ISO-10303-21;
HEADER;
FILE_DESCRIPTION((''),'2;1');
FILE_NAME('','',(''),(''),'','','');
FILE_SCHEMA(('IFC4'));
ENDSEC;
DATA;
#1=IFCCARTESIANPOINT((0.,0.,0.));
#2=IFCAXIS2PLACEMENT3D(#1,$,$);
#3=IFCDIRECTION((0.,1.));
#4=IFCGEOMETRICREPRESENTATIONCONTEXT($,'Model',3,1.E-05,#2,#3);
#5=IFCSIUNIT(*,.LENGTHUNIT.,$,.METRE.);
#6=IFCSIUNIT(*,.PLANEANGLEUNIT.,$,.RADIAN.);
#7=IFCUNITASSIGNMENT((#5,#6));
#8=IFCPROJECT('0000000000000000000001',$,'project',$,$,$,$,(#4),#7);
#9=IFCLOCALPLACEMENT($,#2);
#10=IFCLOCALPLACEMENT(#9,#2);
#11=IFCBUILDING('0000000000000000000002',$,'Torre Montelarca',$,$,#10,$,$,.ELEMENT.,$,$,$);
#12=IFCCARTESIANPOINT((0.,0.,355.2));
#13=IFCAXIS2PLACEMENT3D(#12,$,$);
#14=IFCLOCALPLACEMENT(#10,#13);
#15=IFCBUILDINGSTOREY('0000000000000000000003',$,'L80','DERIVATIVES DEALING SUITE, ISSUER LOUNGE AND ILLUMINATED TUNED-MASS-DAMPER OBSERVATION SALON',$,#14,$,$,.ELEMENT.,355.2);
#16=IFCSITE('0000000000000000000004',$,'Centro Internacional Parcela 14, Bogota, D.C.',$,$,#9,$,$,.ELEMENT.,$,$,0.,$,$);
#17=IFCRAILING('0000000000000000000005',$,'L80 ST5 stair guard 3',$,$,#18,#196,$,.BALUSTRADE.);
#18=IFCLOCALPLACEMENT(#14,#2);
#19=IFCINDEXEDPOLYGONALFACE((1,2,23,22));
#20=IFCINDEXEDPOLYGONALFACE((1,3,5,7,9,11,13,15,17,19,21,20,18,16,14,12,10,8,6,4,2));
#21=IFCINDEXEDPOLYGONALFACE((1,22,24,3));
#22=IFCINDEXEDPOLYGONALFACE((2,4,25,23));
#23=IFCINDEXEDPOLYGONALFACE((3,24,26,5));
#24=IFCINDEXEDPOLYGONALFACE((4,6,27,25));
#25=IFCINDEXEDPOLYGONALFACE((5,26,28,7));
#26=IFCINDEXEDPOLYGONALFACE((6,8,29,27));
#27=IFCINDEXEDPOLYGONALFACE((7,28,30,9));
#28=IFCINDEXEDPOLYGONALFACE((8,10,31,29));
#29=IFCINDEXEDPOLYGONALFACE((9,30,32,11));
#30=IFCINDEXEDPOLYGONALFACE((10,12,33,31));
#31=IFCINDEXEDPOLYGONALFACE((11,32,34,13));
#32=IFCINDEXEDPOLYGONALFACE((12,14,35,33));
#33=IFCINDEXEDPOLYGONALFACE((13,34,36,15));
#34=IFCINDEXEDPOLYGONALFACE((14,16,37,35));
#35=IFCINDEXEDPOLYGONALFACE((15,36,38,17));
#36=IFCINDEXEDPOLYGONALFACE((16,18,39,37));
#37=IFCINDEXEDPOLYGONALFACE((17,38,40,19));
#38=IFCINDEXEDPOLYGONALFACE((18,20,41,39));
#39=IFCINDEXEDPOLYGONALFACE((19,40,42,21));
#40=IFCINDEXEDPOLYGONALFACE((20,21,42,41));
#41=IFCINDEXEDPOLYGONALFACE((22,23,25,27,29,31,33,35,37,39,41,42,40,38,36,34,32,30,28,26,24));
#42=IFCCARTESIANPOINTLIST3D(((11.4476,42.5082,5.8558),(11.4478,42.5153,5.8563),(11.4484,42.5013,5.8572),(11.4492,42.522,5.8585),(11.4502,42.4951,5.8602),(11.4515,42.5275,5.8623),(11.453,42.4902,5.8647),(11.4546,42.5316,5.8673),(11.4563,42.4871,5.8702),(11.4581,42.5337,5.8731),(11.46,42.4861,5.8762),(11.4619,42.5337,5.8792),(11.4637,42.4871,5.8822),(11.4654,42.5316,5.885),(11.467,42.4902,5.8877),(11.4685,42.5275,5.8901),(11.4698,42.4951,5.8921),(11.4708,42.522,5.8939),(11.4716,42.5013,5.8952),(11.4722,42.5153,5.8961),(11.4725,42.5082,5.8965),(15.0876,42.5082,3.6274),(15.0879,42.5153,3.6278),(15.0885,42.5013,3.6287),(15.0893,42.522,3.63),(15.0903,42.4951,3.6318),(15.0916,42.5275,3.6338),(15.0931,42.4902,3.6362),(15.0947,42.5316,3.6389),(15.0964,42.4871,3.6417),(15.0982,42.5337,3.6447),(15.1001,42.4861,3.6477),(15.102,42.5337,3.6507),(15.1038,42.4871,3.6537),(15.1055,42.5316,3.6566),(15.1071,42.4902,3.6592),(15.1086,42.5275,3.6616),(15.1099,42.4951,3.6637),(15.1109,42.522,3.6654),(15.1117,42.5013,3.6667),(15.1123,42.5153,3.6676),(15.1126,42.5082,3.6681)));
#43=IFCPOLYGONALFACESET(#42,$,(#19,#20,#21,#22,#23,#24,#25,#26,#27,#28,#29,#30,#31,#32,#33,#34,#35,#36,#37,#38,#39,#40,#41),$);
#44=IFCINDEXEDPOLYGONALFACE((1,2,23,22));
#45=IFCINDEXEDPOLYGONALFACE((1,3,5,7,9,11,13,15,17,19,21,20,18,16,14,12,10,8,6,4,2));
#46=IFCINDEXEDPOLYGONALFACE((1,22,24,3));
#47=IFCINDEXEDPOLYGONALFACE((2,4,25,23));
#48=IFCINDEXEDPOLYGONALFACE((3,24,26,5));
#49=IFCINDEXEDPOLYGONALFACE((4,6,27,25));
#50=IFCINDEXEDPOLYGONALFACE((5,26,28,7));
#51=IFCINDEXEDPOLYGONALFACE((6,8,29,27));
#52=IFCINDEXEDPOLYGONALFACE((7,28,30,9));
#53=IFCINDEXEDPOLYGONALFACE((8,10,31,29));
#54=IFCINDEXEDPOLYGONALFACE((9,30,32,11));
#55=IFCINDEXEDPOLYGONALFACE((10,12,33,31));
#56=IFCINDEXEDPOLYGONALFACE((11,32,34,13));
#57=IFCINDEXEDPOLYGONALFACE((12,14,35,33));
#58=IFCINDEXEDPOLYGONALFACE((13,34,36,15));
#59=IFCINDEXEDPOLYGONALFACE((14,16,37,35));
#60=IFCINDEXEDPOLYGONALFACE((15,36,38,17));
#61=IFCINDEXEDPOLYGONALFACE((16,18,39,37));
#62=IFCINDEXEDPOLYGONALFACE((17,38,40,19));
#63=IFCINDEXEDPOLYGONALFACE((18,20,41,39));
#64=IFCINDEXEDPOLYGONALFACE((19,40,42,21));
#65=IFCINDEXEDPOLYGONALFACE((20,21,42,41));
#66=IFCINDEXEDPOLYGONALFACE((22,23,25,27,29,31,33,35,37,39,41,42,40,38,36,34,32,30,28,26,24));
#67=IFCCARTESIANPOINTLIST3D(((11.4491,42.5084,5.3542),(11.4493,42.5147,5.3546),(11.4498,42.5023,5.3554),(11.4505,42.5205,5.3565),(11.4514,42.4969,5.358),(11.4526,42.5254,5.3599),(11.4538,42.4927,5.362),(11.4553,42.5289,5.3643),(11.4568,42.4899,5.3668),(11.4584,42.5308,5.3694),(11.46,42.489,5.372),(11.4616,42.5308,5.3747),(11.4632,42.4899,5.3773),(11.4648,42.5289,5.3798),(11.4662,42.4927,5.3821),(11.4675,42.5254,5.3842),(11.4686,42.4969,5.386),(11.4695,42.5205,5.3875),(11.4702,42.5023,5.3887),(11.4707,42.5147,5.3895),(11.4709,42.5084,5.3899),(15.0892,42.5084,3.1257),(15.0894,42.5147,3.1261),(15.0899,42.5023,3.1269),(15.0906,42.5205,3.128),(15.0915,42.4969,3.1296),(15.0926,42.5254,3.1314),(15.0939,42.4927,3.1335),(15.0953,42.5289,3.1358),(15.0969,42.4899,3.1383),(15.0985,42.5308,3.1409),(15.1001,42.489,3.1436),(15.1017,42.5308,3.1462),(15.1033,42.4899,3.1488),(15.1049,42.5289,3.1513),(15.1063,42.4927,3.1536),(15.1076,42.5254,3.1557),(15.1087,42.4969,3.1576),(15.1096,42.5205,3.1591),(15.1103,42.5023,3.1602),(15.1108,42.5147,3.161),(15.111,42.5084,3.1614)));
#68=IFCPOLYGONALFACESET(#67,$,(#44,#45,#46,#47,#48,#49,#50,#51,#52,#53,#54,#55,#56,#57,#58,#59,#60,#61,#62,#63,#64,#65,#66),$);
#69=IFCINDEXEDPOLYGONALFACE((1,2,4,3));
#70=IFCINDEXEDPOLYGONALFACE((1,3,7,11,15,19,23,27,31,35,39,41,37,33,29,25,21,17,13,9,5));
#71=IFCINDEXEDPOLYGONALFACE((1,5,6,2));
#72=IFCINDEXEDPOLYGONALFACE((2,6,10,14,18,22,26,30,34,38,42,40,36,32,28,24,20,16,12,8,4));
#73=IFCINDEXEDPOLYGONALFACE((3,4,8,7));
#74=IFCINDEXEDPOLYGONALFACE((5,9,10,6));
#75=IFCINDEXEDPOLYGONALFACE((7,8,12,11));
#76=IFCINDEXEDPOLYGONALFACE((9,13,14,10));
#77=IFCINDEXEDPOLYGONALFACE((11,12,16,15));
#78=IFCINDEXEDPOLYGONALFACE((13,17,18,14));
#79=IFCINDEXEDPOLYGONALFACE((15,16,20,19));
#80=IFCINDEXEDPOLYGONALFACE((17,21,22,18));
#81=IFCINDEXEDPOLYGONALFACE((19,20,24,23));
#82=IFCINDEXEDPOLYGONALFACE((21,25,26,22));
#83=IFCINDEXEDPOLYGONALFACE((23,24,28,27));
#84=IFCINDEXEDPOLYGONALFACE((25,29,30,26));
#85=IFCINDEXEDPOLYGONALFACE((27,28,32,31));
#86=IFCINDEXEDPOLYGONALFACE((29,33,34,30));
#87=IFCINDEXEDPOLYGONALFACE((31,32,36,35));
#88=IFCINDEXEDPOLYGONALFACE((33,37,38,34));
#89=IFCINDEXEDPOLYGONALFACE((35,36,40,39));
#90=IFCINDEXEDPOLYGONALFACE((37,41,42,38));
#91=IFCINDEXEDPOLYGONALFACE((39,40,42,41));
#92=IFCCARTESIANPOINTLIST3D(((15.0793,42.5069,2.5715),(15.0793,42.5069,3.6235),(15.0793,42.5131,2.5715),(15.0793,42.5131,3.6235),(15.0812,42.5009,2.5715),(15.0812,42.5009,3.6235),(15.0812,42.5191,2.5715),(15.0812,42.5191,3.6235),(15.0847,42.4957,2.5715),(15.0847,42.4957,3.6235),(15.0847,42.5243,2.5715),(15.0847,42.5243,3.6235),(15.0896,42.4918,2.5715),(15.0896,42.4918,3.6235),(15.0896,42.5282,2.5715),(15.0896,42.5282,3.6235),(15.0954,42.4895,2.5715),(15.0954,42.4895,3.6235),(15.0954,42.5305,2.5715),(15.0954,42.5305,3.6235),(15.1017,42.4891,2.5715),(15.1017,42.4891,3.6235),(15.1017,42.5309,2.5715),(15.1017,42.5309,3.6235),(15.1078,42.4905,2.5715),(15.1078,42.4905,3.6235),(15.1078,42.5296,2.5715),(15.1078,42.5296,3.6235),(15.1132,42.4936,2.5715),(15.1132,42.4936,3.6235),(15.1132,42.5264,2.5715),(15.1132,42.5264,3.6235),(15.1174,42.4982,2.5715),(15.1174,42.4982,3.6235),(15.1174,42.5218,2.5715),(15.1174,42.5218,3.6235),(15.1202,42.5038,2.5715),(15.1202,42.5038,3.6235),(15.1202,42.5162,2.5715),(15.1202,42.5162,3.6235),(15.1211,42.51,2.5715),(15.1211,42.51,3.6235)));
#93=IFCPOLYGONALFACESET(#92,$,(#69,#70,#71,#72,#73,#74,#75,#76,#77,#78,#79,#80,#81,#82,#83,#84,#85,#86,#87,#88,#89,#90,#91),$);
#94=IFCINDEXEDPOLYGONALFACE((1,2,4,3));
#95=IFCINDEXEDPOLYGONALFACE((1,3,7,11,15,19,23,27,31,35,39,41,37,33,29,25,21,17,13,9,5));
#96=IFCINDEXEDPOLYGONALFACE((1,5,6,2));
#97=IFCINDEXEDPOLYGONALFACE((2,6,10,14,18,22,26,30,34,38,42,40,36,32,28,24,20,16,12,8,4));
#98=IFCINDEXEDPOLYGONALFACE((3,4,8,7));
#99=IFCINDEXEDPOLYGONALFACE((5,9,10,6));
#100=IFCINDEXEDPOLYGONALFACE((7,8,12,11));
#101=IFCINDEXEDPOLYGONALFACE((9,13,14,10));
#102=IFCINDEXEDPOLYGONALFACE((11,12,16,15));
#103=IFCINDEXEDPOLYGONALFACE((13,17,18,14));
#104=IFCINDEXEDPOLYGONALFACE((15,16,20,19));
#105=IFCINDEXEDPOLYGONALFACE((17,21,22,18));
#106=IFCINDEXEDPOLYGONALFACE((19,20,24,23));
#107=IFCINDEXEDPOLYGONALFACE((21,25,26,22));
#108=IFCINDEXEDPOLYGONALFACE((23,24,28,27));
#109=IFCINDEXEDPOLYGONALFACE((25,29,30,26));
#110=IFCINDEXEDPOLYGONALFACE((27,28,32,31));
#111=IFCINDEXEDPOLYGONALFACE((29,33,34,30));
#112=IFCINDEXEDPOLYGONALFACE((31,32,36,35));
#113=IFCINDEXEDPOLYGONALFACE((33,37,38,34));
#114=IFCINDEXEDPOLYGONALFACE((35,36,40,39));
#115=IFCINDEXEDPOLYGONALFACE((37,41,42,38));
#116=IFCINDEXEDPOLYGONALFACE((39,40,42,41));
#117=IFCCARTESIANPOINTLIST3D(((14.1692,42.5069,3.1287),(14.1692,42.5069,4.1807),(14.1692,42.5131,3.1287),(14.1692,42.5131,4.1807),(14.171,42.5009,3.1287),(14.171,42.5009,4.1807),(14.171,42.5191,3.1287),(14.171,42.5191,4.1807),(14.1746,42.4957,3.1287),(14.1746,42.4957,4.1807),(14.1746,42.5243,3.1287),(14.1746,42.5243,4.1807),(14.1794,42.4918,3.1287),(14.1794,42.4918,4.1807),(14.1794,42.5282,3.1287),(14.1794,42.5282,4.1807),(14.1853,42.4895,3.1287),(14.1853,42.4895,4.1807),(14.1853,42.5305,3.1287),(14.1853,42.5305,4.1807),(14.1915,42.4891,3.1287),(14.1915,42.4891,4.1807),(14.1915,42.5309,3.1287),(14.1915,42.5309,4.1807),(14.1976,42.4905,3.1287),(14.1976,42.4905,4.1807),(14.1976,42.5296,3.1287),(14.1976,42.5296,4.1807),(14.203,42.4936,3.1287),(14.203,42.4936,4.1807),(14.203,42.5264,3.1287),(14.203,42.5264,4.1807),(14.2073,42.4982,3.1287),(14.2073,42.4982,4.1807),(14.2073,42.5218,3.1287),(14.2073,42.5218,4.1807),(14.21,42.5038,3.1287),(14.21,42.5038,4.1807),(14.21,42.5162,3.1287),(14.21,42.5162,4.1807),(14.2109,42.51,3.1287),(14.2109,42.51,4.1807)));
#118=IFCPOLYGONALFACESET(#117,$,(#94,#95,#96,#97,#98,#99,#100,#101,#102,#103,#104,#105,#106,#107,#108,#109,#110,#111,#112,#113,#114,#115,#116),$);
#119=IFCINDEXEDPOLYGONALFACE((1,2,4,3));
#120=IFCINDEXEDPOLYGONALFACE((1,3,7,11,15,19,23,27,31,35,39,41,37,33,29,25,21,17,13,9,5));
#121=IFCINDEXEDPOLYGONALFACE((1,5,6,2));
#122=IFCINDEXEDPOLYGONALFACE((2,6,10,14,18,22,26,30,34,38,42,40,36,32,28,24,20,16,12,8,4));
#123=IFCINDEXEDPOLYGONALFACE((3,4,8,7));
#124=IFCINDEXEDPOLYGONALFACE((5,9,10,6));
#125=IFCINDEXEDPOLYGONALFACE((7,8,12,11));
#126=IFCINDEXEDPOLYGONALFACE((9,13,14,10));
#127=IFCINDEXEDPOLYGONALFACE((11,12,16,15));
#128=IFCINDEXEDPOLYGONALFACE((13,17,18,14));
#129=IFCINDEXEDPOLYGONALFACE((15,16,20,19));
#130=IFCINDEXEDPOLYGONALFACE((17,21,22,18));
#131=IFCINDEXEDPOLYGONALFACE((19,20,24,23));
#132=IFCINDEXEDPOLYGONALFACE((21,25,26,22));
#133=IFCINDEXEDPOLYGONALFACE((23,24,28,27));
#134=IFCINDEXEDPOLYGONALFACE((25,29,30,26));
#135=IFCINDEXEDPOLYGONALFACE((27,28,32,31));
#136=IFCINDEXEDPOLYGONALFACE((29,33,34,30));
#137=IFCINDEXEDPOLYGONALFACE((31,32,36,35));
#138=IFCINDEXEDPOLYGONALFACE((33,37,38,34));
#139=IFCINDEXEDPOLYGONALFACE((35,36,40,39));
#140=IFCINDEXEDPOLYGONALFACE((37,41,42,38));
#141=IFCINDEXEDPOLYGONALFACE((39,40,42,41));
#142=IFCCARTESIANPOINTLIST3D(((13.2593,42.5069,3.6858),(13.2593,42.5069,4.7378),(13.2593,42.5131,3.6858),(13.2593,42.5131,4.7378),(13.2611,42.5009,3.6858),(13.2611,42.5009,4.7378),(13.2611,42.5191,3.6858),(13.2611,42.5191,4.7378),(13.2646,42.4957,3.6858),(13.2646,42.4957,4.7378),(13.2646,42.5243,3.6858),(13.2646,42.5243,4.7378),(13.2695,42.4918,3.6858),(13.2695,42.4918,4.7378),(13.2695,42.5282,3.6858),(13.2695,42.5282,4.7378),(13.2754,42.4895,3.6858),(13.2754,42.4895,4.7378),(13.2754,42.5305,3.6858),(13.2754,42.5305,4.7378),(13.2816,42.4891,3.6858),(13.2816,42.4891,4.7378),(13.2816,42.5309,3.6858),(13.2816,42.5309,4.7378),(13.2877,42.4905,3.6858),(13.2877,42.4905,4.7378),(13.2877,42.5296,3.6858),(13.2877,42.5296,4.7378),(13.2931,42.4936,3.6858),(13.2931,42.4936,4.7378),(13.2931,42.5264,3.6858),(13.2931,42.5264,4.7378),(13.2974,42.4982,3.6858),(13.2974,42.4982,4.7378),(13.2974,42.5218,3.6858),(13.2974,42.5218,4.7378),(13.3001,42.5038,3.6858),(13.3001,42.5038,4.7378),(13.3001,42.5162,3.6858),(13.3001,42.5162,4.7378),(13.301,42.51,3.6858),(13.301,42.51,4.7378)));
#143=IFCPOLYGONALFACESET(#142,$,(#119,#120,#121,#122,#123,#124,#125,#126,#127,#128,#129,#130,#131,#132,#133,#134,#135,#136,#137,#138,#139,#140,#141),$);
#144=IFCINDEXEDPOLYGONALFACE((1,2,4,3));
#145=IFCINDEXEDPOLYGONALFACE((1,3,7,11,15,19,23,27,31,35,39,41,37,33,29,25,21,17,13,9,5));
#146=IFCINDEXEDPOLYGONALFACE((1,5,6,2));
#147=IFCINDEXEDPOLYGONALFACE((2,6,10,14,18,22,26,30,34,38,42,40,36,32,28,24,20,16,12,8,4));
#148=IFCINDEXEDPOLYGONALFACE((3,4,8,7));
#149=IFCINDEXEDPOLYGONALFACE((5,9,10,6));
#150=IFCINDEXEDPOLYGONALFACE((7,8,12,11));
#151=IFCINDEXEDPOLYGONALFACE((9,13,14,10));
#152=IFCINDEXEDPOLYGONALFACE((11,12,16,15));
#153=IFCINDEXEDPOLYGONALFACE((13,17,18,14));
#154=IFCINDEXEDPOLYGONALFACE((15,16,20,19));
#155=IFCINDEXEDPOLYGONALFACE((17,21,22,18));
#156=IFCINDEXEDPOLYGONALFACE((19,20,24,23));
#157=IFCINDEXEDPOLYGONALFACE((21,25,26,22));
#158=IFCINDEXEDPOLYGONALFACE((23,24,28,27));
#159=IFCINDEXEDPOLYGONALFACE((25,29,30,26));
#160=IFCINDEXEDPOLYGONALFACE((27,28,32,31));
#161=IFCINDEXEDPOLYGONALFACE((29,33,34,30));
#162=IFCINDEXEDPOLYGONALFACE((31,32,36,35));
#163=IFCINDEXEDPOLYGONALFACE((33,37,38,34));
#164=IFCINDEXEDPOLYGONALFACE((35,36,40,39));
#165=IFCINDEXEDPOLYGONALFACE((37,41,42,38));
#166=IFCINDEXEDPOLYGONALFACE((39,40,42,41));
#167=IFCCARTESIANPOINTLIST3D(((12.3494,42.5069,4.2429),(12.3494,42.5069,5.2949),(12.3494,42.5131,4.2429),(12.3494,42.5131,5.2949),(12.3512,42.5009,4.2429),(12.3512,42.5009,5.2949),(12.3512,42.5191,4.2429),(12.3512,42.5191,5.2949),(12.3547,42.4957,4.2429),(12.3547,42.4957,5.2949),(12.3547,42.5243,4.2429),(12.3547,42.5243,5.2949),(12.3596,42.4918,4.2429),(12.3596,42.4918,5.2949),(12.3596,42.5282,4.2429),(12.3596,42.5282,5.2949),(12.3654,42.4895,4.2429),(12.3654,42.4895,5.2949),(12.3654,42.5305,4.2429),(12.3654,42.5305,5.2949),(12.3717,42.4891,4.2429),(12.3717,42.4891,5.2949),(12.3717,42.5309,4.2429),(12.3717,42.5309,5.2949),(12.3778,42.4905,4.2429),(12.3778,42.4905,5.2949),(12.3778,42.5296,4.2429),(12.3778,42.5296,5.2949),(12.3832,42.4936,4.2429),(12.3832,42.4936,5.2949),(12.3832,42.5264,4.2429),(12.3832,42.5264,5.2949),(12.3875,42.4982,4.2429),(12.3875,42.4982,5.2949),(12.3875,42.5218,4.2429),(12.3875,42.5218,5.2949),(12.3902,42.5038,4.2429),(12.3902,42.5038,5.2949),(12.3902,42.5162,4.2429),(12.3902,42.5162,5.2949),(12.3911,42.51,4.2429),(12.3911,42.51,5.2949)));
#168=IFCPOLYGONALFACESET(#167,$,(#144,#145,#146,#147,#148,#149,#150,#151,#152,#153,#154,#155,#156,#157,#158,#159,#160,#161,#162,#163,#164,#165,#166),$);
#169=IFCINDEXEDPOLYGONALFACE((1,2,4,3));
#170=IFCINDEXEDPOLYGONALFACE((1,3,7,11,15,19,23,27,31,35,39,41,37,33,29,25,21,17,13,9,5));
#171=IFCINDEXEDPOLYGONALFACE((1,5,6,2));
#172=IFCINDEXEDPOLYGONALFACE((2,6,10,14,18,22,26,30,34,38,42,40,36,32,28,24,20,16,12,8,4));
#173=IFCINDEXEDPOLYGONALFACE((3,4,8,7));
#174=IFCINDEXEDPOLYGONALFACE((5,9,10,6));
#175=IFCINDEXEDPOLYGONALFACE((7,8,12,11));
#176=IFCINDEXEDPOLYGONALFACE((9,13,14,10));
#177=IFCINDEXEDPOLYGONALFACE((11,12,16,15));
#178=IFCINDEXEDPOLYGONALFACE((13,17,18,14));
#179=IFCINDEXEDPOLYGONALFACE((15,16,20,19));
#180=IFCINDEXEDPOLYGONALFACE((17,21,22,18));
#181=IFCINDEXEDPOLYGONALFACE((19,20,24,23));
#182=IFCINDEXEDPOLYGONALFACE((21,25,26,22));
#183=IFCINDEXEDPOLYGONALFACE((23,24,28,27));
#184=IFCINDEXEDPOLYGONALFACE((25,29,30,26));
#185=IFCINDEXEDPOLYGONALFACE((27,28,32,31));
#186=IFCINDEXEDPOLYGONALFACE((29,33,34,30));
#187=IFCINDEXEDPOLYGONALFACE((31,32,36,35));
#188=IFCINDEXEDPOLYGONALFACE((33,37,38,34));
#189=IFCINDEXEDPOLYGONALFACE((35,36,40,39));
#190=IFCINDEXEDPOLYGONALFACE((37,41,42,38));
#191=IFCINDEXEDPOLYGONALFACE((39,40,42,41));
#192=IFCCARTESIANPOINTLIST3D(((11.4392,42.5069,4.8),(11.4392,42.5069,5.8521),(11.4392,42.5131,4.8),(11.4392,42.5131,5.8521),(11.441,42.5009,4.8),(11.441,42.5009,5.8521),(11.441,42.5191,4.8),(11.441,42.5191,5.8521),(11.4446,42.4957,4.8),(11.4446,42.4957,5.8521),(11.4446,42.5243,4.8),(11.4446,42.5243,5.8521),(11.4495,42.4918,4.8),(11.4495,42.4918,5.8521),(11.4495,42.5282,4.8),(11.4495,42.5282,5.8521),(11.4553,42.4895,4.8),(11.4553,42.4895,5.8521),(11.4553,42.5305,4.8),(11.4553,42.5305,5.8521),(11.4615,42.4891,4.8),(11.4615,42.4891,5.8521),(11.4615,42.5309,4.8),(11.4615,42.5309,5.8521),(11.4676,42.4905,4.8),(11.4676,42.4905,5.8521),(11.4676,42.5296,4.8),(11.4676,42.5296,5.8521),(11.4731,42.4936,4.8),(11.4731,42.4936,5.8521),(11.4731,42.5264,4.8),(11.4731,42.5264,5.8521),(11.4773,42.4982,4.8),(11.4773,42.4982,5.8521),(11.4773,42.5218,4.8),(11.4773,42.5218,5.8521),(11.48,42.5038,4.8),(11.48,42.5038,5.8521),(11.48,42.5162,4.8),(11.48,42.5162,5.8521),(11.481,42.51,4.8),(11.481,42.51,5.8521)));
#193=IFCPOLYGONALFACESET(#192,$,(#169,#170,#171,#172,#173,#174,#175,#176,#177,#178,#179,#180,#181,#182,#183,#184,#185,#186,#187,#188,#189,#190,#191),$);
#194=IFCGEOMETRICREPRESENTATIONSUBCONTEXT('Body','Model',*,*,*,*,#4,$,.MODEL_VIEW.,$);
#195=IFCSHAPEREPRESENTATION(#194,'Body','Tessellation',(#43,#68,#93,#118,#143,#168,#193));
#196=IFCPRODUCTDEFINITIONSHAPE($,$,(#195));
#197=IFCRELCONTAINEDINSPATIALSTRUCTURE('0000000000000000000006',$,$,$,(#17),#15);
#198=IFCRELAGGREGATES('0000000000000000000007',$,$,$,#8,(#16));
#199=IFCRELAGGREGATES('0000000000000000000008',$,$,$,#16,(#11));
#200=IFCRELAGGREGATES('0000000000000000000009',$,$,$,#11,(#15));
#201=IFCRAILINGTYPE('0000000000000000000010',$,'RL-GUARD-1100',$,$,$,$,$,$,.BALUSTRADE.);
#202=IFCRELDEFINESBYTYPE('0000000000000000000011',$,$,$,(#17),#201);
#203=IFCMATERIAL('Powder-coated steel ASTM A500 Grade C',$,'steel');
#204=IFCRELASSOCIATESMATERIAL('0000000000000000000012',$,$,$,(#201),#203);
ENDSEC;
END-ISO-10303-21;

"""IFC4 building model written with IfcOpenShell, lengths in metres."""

from ifc_helpers import new_model, si_unit, direction, frame, origin, origin_2d, place, context, subcontext, project, spatial, circle, extrude, material, type_object, element, save


model = new_model("IFC4")

# Units and contexts
model_context = context("Model", 3, precision=1e-05, world=origin(), true_north=direction((0.0, 1.0)))
body_context = subcontext(model_context, "Body", "Model", "MODEL_VIEW")
ifc_project = project(units=[si_unit("LENGTHUNIT", "METRE"), si_unit("PLANEANGLEUNIT", "RADIAN")], contexts=[model_context])

# Site, building, storey
site_placement = place(None, origin())
site = spatial("IfcSite", under=ifc_project, at=site_placement, Name="Centro Internacional Parcela 14, Bogota, D.C.", CompositionType="ELEMENT", RefElevation=0.0)
building_placement = place(site_placement, origin())
building = spatial("IfcBuilding", under=site, at=building_placement, Name="Torre Montelarca", CompositionType="ELEMENT")
storey_placement = place(building_placement, frame((0.0, 0.0, 355.2)))
storey = spatial("IfcBuildingStorey", under=building, at=storey_placement, Name="L80", Description="DERIVATIVES DEALING SUITE, ISSUER LOUNGE AND ILLUMINATED TUNED-MASS-DAMPER OBSERVATION SALON", CompositionType="ELEMENT", Elevation=355.2)

# Railing
ifc_material_1 = material(Name="Powder-coated steel ASTM A500 Grade C", Category="steel")
railing_type_1 = type_object("IfcRailingType", Name="RL-GUARD-1100", PredefinedType="BALUSTRADE", material=ifc_material_1)
railing_1_placement = place(storey_placement, frame((15.1001, 42.51, 2.5715)))
element("IfcRailing", 1, at=railing_1_placement, inside=storey, type_object=railing_type_1, Name="L80 ST5 stair guard 3", PredefinedType="BALUSTRADE", context=body_context, shape_type="SweptSolid", body=[
    extrude(circle(Radius=0.0239, at=origin_2d()), frame((0.0, 0.0, 1.0762), z_axis=(-0.852866, 0.0, 0.52213), x_axis=(0.0, -1.0, 0.0)), (0.0, 0.0, 1.0), 4.2681),
    extrude(circle(Radius=0.021, at=origin_2d()), frame((0.0, 0.0, 0.572), z_axis=(-0.852866, 0.0, 0.52213), x_axis=(0.0, -1.0, 0.0)), (0.0, 0.0, 1.0), 4.2681),
    extrude(circle(Radius=0.021, at=origin_2d()), origin(), (0.0, 0.0, 1.0), 1.052),
    extrude(circle(Radius=0.021, at=origin_2d()), frame((-0.9102, 0.0, 0.5571)), (0.0, 0.0, 1.0), 1.052),
    extrude(circle(Radius=0.021, at=origin_2d()), frame((-1.8201, 0.0, 1.1143)), (0.0, 0.0, 1.0), 1.052),
    extrude(circle(Radius=0.021, at=origin_2d()), frame((-2.73, 0.0, 1.6714)), (0.0, 0.0, 1.0), 1.052),
    extrude(circle(Radius=0.021, at=origin_2d()), frame((-3.6401, 0.0, 2.2285)), (0.0, 0.0, 1.0), 1.052),
])

save(model, "model.ifc")
